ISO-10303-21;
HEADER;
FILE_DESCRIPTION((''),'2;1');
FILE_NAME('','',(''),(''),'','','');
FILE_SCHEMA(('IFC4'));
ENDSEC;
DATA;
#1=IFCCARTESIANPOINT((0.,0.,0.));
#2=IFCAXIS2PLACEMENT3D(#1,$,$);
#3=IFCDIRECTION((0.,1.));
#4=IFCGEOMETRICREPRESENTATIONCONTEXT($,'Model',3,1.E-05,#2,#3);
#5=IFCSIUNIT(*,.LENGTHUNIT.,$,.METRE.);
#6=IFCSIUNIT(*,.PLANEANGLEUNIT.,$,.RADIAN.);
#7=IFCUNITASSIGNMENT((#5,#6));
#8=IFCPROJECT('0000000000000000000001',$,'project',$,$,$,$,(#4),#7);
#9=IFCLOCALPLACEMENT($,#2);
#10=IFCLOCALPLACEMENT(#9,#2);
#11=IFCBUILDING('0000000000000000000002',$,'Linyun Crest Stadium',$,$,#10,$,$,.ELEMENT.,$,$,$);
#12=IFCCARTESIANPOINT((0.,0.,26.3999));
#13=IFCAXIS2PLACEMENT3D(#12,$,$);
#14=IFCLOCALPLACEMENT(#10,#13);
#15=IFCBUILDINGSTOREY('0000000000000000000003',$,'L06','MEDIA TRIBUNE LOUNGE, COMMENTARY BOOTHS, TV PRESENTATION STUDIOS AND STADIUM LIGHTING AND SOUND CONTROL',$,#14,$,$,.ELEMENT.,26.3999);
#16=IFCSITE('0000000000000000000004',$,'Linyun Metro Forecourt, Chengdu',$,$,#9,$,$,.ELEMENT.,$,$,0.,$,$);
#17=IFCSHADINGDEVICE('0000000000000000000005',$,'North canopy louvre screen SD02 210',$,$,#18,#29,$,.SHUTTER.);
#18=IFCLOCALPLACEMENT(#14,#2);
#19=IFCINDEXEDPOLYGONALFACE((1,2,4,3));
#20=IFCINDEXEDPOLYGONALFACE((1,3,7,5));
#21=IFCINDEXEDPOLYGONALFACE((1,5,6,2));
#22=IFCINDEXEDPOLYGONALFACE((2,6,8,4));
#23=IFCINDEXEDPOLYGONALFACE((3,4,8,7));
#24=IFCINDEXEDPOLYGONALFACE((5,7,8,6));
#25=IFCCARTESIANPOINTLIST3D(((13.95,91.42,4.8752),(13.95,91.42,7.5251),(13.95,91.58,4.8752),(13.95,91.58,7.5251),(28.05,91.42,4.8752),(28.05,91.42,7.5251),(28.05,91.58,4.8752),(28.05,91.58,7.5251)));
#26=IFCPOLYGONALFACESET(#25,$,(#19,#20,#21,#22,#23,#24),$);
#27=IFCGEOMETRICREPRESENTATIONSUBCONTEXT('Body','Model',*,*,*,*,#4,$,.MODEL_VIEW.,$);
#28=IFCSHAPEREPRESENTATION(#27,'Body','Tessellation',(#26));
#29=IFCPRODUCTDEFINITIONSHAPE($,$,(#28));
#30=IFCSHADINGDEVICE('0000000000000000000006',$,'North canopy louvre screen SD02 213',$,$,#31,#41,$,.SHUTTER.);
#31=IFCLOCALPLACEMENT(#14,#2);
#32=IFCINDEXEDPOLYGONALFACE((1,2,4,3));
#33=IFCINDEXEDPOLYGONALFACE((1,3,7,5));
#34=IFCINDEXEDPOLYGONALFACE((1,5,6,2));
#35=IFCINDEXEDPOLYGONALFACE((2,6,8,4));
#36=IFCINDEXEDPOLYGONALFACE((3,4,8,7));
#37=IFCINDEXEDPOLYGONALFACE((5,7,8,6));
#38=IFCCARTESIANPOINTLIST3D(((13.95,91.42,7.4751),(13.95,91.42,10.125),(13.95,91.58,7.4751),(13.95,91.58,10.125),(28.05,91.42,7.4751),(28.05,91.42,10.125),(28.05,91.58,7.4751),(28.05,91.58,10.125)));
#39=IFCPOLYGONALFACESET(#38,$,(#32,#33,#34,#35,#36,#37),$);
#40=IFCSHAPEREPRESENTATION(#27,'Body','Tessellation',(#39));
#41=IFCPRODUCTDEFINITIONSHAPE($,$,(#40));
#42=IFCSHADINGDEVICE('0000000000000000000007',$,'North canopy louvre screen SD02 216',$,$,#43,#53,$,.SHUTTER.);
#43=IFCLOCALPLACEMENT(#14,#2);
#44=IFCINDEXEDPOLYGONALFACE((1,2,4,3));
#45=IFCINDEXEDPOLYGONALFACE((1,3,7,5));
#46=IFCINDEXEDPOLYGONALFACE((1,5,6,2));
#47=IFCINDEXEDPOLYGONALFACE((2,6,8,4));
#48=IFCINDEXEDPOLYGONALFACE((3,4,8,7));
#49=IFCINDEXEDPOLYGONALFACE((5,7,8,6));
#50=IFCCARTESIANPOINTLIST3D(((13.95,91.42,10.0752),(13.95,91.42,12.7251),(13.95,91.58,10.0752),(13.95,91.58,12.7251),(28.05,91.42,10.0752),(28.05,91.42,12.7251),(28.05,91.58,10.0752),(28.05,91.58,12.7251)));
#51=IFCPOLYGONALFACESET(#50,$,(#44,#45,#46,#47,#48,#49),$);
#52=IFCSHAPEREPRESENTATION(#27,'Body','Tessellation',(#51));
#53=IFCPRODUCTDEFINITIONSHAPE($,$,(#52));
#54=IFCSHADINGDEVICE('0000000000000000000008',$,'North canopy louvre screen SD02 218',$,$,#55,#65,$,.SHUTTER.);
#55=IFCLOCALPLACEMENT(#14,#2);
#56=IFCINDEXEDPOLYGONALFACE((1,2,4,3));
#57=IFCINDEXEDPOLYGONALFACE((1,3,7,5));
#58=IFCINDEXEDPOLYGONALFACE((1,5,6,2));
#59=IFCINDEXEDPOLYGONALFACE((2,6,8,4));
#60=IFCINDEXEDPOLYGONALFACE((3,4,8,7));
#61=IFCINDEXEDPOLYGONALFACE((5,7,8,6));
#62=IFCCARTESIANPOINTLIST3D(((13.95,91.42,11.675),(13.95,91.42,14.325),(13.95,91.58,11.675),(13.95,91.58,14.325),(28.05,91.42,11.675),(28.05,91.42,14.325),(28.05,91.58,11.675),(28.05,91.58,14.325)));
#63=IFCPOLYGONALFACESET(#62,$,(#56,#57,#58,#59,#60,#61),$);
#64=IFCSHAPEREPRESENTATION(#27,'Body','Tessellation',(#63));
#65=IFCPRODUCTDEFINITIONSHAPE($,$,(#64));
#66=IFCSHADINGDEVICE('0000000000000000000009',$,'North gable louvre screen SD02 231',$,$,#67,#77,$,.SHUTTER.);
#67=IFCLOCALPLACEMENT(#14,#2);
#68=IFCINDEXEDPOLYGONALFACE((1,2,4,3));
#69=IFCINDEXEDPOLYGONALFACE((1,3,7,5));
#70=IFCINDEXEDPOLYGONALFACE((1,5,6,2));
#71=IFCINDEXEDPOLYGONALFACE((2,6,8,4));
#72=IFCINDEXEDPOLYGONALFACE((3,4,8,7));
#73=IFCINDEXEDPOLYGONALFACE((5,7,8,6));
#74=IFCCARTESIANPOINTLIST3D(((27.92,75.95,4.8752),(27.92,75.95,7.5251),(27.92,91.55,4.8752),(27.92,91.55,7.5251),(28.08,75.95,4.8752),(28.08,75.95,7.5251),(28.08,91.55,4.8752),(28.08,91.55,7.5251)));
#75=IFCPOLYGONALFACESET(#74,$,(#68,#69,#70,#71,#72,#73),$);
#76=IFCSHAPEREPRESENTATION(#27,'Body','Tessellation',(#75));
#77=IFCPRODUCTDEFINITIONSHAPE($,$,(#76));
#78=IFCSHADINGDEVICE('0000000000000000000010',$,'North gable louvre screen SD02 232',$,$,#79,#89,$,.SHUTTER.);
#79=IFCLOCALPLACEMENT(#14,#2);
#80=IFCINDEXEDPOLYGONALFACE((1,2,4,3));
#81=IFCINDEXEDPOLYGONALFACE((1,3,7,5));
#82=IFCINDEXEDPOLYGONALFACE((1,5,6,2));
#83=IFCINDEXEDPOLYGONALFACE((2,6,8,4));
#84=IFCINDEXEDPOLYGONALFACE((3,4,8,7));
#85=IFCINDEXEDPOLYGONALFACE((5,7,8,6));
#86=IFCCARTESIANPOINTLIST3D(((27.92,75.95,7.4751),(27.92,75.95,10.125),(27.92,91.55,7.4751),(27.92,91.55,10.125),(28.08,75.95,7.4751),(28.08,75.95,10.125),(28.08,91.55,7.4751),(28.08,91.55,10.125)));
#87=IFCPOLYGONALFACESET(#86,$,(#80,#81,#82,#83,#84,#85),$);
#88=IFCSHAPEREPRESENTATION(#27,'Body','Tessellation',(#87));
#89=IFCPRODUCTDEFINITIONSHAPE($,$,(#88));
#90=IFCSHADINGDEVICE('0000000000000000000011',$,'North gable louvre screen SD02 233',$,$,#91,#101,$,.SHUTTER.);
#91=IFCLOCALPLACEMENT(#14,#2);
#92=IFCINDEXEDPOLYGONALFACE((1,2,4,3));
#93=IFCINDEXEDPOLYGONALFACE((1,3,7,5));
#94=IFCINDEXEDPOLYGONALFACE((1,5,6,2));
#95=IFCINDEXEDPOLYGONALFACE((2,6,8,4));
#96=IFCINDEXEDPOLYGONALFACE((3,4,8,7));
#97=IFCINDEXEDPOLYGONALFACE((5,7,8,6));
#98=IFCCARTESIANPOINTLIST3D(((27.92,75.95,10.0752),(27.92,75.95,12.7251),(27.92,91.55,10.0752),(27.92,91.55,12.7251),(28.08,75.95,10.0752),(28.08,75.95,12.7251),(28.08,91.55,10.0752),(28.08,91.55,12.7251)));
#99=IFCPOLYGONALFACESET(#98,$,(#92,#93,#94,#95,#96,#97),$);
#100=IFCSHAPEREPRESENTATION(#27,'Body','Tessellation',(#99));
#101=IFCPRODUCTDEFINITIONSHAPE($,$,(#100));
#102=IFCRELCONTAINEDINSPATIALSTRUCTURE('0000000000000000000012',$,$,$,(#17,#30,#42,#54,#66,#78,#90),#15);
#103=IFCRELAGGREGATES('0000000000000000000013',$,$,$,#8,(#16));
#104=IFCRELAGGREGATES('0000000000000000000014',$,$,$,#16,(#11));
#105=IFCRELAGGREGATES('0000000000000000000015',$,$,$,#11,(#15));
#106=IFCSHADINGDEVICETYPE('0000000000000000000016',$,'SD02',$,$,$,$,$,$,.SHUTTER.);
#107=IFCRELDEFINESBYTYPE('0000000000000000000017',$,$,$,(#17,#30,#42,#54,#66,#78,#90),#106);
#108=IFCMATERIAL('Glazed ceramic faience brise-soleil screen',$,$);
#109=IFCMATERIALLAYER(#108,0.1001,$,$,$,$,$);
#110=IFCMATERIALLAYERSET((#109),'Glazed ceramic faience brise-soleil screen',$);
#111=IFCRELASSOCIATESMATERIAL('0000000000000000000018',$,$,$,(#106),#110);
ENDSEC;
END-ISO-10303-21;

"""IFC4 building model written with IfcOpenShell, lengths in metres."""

from ifc_helpers import new_model, si_unit, direction, frame, origin, origin_2d, place, context, subcontext, project, spatial, rectangle, extrude, material, layer, layer_set, type_object, element, save


model = new_model("IFC4")

# Units and contexts
model_context = context("Model", 3, precision=1e-05, world=origin(), true_north=direction((0.0, 1.0)))
body_context = subcontext(model_context, "Body", "Model", "MODEL_VIEW")
ifc_project = project(units=[si_unit("LENGTHUNIT", "METRE"), si_unit("PLANEANGLEUNIT", "RADIAN")], contexts=[model_context])

# Site, building, storey
site_placement = place(None, origin())
site = spatial("IfcSite", under=ifc_project, at=site_placement, Name="Linyun Metro Forecourt, Chengdu", CompositionType="ELEMENT", RefElevation=0.0)
building_placement = place(site_placement, origin())
building = spatial("IfcBuilding", under=site, at=building_placement, Name="Linyun Crest Stadium", CompositionType="ELEMENT")
storey_placement = place(building_placement, frame((0.0, 0.0, 26.3999)))
storey = spatial("IfcBuildingStorey", under=building, at=storey_placement, Name="L06", Description="MEDIA TRIBUNE LOUNGE, COMMENTARY BOOTHS, TV PRESENTATION STUDIOS AND STADIUM LIGHTING AND SOUND CONTROL", CompositionType="ELEMENT", Elevation=26.3999)

# Shading devices
ifc_material_1 = material(Name="Glazed ceramic faience brise-soleil screen")
ifc_layer_1 = layer(ifc_material_1, 0.1001)
ifc_layer_set_1 = layer_set([ifc_layer_1], Name="Glazed ceramic faience brise-soleil screen")
shading_device_type_1 = type_object("IfcShadingDeviceType", Name="SD02", PredefinedType="SHUTTER", material=ifc_layer_set_1)
for number, where, z_axis, x_axis, name in (
    (1, (21.0, 91.5, 4.8752), (0.0, 0.0, 1.0), (1.0, 0.0, 0.0), "North canopy louvre screen SD02 210"),
    (2, (21.0, 91.5, 7.4751), (0.0, 0.0, 1.0), (1.0, 0.0, 0.0), "North canopy louvre screen SD02 213"),
    (3, (21.0, 91.5, 10.0752), (0.0, 0.0, 1.0), (1.0, 0.0, 0.0), "North canopy louvre screen SD02 216"),
    (4, (21.0, 91.5, 11.675), (0.0, 0.0, 1.0), (1.0, 0.0, 0.0), "North canopy louvre screen SD02 218"),
):
    element("IfcShadingDevice", number, at=place(storey_placement, frame(where, z_axis=z_axis, x_axis=x_axis)), inside=storey, type_object=shading_device_type_1, Name=name, PredefinedType="SHUTTER", context=body_context, shape_type="SweptSolid", body=[
        extrude(rectangle(XDim=14.1001, YDim=0.1599, at=origin_2d()), origin(), (0.0, 0.0, 1.0), 2.6499),
    ])
for number, where, z_axis, x_axis, name in (
    (5, (28.0, 83.75, 4.8752), (0.0, 0.0, 1.0), (1.0, 0.0, 0.0), "North gable louvre screen SD02 231"),
    (6, (28.0, 83.75, 7.4751), (0.0, 0.0, 1.0), (1.0, 0.0, 0.0), "North gable louvre screen SD02 232"),
    (7, (28.0, 83.75, 10.0752), (0.0, 0.0, 1.0), (1.0, 0.0, 0.0), "North gable louvre screen SD02 233"),
):
    element("IfcShadingDevice", number, at=place(storey_placement, frame(where, z_axis=z_axis, x_axis=x_axis)), inside=storey, type_object=shading_device_type_1, Name=name, PredefinedType="SHUTTER", context=body_context, shape_type="SweptSolid", body=[
        extrude(rectangle(XDim=0.1599, YDim=15.6001, at=origin_2d()), origin(), (0.0, 0.0, 1.0), 2.6499),
    ])

save(model, "model.ifc")
